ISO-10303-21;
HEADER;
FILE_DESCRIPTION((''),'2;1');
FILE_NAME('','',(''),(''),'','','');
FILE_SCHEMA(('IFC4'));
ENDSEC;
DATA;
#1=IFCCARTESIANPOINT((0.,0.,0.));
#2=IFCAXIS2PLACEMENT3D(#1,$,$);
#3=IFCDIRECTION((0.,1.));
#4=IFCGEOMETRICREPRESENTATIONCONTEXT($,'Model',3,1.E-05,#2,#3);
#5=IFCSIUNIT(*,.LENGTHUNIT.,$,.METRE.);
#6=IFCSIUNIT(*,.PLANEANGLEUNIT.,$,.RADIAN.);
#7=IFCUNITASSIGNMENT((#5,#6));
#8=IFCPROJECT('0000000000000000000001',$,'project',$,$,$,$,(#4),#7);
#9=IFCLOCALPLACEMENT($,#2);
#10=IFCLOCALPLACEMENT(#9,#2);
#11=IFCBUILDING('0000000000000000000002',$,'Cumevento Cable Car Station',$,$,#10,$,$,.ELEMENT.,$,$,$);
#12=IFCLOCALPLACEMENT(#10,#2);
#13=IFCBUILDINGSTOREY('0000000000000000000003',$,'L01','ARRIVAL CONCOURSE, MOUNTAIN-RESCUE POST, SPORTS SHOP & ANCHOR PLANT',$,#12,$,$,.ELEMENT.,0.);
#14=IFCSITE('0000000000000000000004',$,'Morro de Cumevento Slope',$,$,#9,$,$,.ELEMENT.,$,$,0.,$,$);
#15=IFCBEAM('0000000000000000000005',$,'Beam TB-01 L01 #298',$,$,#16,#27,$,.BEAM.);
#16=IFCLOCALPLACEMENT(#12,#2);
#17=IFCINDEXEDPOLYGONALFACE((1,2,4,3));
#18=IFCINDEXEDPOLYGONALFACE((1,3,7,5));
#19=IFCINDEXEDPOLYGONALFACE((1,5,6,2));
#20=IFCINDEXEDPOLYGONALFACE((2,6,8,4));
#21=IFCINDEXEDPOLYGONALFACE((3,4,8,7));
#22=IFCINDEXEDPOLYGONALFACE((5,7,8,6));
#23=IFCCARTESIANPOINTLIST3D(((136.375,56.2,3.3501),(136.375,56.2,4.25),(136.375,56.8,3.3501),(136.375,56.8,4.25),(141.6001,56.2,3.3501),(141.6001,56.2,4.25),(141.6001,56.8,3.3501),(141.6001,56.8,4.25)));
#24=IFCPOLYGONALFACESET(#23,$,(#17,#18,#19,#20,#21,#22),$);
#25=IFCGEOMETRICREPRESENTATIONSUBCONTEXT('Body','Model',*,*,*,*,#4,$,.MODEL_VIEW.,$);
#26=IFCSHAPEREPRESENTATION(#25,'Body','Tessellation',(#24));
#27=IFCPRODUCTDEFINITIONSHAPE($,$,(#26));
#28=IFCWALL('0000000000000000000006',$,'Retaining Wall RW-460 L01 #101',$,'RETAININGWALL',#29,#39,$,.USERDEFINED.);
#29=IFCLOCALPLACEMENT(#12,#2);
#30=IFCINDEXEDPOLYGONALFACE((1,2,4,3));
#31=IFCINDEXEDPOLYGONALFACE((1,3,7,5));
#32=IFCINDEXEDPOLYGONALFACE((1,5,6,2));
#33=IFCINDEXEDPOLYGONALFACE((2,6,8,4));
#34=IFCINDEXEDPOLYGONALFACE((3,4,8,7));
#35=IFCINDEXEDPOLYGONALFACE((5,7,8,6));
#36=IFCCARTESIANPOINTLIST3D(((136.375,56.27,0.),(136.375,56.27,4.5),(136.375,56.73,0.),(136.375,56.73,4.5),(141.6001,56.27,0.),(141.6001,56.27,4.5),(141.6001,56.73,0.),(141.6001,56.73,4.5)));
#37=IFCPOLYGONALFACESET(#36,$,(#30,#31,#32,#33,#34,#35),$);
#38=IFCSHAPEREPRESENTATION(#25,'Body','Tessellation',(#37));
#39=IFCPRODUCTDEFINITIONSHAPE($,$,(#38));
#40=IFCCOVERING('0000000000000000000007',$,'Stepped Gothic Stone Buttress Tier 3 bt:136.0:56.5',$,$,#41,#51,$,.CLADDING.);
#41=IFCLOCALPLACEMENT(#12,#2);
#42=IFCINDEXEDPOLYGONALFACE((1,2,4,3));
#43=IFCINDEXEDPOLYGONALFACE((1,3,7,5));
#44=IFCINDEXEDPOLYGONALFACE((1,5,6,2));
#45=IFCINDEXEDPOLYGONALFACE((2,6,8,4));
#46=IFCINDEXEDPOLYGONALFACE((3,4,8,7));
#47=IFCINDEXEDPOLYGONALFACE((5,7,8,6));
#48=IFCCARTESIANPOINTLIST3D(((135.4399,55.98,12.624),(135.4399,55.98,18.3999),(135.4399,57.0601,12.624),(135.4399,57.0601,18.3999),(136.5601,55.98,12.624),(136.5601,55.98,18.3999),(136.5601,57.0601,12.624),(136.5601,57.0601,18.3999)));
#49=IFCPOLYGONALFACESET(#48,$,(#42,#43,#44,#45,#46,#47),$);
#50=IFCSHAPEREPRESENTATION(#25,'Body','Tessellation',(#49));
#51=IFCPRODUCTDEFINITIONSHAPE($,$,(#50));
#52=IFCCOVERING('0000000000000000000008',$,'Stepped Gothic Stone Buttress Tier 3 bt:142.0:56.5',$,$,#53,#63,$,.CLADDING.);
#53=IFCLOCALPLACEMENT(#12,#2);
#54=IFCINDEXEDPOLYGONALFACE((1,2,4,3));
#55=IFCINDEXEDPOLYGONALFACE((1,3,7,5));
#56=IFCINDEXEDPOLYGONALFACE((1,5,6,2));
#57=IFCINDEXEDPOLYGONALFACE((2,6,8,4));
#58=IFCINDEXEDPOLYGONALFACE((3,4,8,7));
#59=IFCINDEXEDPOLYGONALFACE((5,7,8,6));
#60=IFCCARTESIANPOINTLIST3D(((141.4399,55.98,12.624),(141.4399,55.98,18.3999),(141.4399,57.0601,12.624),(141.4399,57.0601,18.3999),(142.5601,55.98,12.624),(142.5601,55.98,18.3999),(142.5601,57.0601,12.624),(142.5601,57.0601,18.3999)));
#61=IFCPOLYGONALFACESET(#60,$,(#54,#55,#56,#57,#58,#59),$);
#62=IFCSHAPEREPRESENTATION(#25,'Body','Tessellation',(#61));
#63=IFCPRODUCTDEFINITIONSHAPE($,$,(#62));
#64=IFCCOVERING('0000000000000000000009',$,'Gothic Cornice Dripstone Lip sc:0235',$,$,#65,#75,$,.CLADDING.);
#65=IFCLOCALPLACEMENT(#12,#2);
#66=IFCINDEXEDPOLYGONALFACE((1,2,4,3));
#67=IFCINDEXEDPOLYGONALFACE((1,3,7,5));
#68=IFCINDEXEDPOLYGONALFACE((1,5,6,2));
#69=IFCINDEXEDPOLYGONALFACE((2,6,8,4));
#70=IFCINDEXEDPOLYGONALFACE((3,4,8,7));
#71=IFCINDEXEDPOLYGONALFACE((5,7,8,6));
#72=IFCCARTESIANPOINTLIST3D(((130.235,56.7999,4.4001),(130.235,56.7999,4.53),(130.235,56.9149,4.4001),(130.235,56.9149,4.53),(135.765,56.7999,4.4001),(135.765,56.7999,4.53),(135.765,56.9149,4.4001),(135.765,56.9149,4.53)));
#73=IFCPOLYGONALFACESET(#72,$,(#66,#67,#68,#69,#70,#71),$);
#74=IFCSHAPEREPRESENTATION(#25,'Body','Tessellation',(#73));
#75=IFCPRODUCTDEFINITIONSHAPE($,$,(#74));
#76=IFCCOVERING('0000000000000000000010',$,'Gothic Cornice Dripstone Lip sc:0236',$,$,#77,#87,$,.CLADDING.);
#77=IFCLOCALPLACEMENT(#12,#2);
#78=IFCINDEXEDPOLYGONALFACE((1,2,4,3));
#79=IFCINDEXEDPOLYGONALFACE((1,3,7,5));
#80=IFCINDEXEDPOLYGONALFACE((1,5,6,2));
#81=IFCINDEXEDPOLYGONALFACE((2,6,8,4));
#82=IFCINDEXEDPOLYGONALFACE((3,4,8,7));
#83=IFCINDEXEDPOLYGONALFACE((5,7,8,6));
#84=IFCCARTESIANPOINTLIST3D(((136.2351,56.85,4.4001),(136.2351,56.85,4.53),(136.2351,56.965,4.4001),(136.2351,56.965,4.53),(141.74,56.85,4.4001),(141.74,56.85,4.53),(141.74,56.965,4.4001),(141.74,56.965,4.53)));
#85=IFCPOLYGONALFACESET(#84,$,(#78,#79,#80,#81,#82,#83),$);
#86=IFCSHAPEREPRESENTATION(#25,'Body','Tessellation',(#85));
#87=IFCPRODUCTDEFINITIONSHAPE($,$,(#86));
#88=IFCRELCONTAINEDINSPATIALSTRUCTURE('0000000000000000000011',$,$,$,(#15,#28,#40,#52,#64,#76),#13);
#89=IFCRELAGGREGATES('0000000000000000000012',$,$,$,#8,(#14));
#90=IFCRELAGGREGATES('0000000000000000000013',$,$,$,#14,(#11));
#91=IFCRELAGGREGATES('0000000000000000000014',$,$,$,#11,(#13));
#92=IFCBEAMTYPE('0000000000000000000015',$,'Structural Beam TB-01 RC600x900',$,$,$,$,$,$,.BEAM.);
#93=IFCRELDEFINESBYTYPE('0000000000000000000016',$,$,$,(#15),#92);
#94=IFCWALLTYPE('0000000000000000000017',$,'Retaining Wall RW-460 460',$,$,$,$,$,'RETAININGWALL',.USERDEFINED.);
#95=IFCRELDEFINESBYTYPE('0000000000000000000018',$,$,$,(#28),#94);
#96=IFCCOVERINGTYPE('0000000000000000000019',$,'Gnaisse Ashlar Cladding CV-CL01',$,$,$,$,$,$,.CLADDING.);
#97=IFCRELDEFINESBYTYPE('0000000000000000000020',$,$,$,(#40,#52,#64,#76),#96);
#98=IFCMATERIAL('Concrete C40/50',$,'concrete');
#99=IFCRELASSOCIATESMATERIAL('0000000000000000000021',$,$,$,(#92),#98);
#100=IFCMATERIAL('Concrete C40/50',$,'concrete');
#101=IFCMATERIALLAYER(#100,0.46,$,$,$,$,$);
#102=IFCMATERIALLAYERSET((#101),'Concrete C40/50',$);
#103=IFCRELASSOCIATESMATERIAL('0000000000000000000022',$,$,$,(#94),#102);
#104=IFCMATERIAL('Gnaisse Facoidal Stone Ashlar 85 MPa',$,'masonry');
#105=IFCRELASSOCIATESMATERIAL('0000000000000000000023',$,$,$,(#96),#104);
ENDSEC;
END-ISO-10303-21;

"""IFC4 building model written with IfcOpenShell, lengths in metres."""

from ifc_helpers import new_model, si_unit, direction, frame, frame_2d, origin, origin_2d, place, context, subcontext, project, spatial, rectangle, extrude, material, layer, layer_set, material_profile, profile_set, type_object, element, save


model = new_model("IFC4")

# Units and contexts
model_context = context("Model", 3, precision=1e-05, world=origin(), true_north=direction((0.0, 1.0)))
body_context = subcontext(model_context, "Body", "Model", "MODEL_VIEW")
ifc_project = project(units=[si_unit("LENGTHUNIT", "METRE"), si_unit("PLANEANGLEUNIT", "RADIAN")], contexts=[model_context])

# Site, building, storey
site_placement = place(None, origin())
site = spatial("IfcSite", under=ifc_project, at=site_placement, Name="Morro de Cumevento Slope", CompositionType="ELEMENT", RefElevation=0.0)
building_placement = place(site_placement, origin())
building = spatial("IfcBuilding", under=site, at=building_placement, Name="Cumevento Cable Car Station", CompositionType="ELEMENT")
storey_placement = place(building_placement, origin())
storey = spatial("IfcBuildingStorey", under=building, at=storey_placement, Name="L01", Description="ARRIVAL CONCOURSE, MOUNTAIN-RESCUE POST, SPORTS SHOP & ANCHOR PLANT", CompositionType="ELEMENT", Elevation=0.0)

# Beam
ifc_material_1 = material(Name="Concrete C40/50", Category="concrete")
ifc_material_profile_1 = material_profile(ifc_material_1, rectangle(XDim=0.6001, YDim=0.8999, at=origin_2d()), Name="RC600x900")
ifc_profile_set_1 = profile_set([ifc_material_profile_1], Name="Concrete C40/50")
beam_type = type_object("IfcBeamType", Name="Structural Beam TB-01 RC600x900", PredefinedType="BEAM", material=ifc_profile_set_1)
beam_placement = place(storey_placement, frame((136.375, 56.5, 3.8), z_axis=(1.0, 0.0, 0.0), x_axis=(0.0, 1.0, 0.0)))
element("IfcBeam", 1, at=beam_placement, inside=storey, type_object=beam_type, Name="Beam TB-01 L01 #298", PredefinedType="BEAM", context=body_context, shape_type="SweptSolid", body=[
    extrude(rectangle(XDim=0.6001, YDim=0.8999, at=origin_2d()), origin(), (0.0, 0.0, 1.0), 5.2251),
])

# Wall
ifc_material_2 = material(Name="Concrete C40/50", Category="concrete")
ifc_layer = layer(ifc_material_2, 0.46)
ifc_layer_set = layer_set([ifc_layer], Name="Concrete C40/50")
wall_type = type_object("IfcWallType", Name="Retaining Wall RW-460 460", ElementType="RETAININGWALL", PredefinedType="USERDEFINED", material=ifc_layer_set)
wall_placement = place(storey_placement, frame((136.375, 56.5, 0.0), z_axis=(0.0, 0.0, 1.0), x_axis=(1.0, 0.0, 0.0)))
element("IfcWall", 2, at=wall_placement, inside=storey, type_object=wall_type, Name="Retaining Wall RW-460 L01 #101", ObjectType="RETAININGWALL", PredefinedType="USERDEFINED", context=body_context, shape_type="SweptSolid", body=[
    extrude(rectangle(XDim=5.2251, YDim=0.46, at=frame_2d((2.6125, 0.0))), origin(), (0.0, 0.0, 1.0), 4.5),
])

# Coverings
ifc_material_3 = material(Name="Gnaisse Facoidal Stone Ashlar 85 MPa", Category="masonry")
covering_type = type_object("IfcCoveringType", Name="Gnaisse Ashlar Cladding CV-CL01", PredefinedType="CLADDING", material=ifc_material_3)
for number, where, z_axis, x_axis, name in (
    (3, (136.0, 56.52, 12.624), (0.0, 0.0, 1.0), (1.0, 0.0, 0.0), "Stepped Gothic Stone Buttress Tier 3 bt:136.0:56.5"),
    (4, (142.0, 56.52, 12.624), (0.0, 0.0, 1.0), (1.0, 0.0, 0.0), "Stepped Gothic Stone Buttress Tier 3 bt:142.0:56.5"),
):
    element("IfcCovering", number, at=place(storey_placement, frame(where, z_axis=z_axis, x_axis=x_axis)), inside=storey, type_object=covering_type, Name=name, PredefinedType="CLADDING", context=body_context, shape_type="SweptSolid", body=[
        extrude(rectangle(XDim=1.1201, YDim=1.0801, at=origin_2d()), origin(), (0.0, 0.0, 1.0), 5.7759),
    ])
covering_1_placement = place(storey_placement, frame((133.0, 56.8574, 4.4001), z_axis=(0.0, 0.0, 1.0), x_axis=(1.0, 0.0, 0.0)))
element("IfcCovering", 5, at=covering_1_placement, inside=storey, type_object=covering_type, Name="Gothic Cornice Dripstone Lip sc:0235", PredefinedType="CLADDING", context=body_context, shape_type="SweptSolid", body=[
    extrude(rectangle(XDim=5.53, YDim=0.115, at=origin_2d()), origin(), (0.0, 0.0, 1.0), 0.1299),
])
covering_2_placement = place(storey_placement, frame((138.9875, 56.9075, 4.4001), z_axis=(0.0, 0.0, 1.0), x_axis=(1.0, 0.0, 0.0)))
element("IfcCovering", 6, at=covering_2_placement, inside=storey, type_object=covering_type, Name="Gothic Cornice Dripstone Lip sc:0236", PredefinedType="CLADDING", context=body_context, shape_type="SweptSolid", body=[
    extrude(rectangle(XDim=5.5049, YDim=0.115, at=origin_2d()), origin(), (0.0, 0.0, 1.0), 0.1299),
])

save(model, "model.ifc")
